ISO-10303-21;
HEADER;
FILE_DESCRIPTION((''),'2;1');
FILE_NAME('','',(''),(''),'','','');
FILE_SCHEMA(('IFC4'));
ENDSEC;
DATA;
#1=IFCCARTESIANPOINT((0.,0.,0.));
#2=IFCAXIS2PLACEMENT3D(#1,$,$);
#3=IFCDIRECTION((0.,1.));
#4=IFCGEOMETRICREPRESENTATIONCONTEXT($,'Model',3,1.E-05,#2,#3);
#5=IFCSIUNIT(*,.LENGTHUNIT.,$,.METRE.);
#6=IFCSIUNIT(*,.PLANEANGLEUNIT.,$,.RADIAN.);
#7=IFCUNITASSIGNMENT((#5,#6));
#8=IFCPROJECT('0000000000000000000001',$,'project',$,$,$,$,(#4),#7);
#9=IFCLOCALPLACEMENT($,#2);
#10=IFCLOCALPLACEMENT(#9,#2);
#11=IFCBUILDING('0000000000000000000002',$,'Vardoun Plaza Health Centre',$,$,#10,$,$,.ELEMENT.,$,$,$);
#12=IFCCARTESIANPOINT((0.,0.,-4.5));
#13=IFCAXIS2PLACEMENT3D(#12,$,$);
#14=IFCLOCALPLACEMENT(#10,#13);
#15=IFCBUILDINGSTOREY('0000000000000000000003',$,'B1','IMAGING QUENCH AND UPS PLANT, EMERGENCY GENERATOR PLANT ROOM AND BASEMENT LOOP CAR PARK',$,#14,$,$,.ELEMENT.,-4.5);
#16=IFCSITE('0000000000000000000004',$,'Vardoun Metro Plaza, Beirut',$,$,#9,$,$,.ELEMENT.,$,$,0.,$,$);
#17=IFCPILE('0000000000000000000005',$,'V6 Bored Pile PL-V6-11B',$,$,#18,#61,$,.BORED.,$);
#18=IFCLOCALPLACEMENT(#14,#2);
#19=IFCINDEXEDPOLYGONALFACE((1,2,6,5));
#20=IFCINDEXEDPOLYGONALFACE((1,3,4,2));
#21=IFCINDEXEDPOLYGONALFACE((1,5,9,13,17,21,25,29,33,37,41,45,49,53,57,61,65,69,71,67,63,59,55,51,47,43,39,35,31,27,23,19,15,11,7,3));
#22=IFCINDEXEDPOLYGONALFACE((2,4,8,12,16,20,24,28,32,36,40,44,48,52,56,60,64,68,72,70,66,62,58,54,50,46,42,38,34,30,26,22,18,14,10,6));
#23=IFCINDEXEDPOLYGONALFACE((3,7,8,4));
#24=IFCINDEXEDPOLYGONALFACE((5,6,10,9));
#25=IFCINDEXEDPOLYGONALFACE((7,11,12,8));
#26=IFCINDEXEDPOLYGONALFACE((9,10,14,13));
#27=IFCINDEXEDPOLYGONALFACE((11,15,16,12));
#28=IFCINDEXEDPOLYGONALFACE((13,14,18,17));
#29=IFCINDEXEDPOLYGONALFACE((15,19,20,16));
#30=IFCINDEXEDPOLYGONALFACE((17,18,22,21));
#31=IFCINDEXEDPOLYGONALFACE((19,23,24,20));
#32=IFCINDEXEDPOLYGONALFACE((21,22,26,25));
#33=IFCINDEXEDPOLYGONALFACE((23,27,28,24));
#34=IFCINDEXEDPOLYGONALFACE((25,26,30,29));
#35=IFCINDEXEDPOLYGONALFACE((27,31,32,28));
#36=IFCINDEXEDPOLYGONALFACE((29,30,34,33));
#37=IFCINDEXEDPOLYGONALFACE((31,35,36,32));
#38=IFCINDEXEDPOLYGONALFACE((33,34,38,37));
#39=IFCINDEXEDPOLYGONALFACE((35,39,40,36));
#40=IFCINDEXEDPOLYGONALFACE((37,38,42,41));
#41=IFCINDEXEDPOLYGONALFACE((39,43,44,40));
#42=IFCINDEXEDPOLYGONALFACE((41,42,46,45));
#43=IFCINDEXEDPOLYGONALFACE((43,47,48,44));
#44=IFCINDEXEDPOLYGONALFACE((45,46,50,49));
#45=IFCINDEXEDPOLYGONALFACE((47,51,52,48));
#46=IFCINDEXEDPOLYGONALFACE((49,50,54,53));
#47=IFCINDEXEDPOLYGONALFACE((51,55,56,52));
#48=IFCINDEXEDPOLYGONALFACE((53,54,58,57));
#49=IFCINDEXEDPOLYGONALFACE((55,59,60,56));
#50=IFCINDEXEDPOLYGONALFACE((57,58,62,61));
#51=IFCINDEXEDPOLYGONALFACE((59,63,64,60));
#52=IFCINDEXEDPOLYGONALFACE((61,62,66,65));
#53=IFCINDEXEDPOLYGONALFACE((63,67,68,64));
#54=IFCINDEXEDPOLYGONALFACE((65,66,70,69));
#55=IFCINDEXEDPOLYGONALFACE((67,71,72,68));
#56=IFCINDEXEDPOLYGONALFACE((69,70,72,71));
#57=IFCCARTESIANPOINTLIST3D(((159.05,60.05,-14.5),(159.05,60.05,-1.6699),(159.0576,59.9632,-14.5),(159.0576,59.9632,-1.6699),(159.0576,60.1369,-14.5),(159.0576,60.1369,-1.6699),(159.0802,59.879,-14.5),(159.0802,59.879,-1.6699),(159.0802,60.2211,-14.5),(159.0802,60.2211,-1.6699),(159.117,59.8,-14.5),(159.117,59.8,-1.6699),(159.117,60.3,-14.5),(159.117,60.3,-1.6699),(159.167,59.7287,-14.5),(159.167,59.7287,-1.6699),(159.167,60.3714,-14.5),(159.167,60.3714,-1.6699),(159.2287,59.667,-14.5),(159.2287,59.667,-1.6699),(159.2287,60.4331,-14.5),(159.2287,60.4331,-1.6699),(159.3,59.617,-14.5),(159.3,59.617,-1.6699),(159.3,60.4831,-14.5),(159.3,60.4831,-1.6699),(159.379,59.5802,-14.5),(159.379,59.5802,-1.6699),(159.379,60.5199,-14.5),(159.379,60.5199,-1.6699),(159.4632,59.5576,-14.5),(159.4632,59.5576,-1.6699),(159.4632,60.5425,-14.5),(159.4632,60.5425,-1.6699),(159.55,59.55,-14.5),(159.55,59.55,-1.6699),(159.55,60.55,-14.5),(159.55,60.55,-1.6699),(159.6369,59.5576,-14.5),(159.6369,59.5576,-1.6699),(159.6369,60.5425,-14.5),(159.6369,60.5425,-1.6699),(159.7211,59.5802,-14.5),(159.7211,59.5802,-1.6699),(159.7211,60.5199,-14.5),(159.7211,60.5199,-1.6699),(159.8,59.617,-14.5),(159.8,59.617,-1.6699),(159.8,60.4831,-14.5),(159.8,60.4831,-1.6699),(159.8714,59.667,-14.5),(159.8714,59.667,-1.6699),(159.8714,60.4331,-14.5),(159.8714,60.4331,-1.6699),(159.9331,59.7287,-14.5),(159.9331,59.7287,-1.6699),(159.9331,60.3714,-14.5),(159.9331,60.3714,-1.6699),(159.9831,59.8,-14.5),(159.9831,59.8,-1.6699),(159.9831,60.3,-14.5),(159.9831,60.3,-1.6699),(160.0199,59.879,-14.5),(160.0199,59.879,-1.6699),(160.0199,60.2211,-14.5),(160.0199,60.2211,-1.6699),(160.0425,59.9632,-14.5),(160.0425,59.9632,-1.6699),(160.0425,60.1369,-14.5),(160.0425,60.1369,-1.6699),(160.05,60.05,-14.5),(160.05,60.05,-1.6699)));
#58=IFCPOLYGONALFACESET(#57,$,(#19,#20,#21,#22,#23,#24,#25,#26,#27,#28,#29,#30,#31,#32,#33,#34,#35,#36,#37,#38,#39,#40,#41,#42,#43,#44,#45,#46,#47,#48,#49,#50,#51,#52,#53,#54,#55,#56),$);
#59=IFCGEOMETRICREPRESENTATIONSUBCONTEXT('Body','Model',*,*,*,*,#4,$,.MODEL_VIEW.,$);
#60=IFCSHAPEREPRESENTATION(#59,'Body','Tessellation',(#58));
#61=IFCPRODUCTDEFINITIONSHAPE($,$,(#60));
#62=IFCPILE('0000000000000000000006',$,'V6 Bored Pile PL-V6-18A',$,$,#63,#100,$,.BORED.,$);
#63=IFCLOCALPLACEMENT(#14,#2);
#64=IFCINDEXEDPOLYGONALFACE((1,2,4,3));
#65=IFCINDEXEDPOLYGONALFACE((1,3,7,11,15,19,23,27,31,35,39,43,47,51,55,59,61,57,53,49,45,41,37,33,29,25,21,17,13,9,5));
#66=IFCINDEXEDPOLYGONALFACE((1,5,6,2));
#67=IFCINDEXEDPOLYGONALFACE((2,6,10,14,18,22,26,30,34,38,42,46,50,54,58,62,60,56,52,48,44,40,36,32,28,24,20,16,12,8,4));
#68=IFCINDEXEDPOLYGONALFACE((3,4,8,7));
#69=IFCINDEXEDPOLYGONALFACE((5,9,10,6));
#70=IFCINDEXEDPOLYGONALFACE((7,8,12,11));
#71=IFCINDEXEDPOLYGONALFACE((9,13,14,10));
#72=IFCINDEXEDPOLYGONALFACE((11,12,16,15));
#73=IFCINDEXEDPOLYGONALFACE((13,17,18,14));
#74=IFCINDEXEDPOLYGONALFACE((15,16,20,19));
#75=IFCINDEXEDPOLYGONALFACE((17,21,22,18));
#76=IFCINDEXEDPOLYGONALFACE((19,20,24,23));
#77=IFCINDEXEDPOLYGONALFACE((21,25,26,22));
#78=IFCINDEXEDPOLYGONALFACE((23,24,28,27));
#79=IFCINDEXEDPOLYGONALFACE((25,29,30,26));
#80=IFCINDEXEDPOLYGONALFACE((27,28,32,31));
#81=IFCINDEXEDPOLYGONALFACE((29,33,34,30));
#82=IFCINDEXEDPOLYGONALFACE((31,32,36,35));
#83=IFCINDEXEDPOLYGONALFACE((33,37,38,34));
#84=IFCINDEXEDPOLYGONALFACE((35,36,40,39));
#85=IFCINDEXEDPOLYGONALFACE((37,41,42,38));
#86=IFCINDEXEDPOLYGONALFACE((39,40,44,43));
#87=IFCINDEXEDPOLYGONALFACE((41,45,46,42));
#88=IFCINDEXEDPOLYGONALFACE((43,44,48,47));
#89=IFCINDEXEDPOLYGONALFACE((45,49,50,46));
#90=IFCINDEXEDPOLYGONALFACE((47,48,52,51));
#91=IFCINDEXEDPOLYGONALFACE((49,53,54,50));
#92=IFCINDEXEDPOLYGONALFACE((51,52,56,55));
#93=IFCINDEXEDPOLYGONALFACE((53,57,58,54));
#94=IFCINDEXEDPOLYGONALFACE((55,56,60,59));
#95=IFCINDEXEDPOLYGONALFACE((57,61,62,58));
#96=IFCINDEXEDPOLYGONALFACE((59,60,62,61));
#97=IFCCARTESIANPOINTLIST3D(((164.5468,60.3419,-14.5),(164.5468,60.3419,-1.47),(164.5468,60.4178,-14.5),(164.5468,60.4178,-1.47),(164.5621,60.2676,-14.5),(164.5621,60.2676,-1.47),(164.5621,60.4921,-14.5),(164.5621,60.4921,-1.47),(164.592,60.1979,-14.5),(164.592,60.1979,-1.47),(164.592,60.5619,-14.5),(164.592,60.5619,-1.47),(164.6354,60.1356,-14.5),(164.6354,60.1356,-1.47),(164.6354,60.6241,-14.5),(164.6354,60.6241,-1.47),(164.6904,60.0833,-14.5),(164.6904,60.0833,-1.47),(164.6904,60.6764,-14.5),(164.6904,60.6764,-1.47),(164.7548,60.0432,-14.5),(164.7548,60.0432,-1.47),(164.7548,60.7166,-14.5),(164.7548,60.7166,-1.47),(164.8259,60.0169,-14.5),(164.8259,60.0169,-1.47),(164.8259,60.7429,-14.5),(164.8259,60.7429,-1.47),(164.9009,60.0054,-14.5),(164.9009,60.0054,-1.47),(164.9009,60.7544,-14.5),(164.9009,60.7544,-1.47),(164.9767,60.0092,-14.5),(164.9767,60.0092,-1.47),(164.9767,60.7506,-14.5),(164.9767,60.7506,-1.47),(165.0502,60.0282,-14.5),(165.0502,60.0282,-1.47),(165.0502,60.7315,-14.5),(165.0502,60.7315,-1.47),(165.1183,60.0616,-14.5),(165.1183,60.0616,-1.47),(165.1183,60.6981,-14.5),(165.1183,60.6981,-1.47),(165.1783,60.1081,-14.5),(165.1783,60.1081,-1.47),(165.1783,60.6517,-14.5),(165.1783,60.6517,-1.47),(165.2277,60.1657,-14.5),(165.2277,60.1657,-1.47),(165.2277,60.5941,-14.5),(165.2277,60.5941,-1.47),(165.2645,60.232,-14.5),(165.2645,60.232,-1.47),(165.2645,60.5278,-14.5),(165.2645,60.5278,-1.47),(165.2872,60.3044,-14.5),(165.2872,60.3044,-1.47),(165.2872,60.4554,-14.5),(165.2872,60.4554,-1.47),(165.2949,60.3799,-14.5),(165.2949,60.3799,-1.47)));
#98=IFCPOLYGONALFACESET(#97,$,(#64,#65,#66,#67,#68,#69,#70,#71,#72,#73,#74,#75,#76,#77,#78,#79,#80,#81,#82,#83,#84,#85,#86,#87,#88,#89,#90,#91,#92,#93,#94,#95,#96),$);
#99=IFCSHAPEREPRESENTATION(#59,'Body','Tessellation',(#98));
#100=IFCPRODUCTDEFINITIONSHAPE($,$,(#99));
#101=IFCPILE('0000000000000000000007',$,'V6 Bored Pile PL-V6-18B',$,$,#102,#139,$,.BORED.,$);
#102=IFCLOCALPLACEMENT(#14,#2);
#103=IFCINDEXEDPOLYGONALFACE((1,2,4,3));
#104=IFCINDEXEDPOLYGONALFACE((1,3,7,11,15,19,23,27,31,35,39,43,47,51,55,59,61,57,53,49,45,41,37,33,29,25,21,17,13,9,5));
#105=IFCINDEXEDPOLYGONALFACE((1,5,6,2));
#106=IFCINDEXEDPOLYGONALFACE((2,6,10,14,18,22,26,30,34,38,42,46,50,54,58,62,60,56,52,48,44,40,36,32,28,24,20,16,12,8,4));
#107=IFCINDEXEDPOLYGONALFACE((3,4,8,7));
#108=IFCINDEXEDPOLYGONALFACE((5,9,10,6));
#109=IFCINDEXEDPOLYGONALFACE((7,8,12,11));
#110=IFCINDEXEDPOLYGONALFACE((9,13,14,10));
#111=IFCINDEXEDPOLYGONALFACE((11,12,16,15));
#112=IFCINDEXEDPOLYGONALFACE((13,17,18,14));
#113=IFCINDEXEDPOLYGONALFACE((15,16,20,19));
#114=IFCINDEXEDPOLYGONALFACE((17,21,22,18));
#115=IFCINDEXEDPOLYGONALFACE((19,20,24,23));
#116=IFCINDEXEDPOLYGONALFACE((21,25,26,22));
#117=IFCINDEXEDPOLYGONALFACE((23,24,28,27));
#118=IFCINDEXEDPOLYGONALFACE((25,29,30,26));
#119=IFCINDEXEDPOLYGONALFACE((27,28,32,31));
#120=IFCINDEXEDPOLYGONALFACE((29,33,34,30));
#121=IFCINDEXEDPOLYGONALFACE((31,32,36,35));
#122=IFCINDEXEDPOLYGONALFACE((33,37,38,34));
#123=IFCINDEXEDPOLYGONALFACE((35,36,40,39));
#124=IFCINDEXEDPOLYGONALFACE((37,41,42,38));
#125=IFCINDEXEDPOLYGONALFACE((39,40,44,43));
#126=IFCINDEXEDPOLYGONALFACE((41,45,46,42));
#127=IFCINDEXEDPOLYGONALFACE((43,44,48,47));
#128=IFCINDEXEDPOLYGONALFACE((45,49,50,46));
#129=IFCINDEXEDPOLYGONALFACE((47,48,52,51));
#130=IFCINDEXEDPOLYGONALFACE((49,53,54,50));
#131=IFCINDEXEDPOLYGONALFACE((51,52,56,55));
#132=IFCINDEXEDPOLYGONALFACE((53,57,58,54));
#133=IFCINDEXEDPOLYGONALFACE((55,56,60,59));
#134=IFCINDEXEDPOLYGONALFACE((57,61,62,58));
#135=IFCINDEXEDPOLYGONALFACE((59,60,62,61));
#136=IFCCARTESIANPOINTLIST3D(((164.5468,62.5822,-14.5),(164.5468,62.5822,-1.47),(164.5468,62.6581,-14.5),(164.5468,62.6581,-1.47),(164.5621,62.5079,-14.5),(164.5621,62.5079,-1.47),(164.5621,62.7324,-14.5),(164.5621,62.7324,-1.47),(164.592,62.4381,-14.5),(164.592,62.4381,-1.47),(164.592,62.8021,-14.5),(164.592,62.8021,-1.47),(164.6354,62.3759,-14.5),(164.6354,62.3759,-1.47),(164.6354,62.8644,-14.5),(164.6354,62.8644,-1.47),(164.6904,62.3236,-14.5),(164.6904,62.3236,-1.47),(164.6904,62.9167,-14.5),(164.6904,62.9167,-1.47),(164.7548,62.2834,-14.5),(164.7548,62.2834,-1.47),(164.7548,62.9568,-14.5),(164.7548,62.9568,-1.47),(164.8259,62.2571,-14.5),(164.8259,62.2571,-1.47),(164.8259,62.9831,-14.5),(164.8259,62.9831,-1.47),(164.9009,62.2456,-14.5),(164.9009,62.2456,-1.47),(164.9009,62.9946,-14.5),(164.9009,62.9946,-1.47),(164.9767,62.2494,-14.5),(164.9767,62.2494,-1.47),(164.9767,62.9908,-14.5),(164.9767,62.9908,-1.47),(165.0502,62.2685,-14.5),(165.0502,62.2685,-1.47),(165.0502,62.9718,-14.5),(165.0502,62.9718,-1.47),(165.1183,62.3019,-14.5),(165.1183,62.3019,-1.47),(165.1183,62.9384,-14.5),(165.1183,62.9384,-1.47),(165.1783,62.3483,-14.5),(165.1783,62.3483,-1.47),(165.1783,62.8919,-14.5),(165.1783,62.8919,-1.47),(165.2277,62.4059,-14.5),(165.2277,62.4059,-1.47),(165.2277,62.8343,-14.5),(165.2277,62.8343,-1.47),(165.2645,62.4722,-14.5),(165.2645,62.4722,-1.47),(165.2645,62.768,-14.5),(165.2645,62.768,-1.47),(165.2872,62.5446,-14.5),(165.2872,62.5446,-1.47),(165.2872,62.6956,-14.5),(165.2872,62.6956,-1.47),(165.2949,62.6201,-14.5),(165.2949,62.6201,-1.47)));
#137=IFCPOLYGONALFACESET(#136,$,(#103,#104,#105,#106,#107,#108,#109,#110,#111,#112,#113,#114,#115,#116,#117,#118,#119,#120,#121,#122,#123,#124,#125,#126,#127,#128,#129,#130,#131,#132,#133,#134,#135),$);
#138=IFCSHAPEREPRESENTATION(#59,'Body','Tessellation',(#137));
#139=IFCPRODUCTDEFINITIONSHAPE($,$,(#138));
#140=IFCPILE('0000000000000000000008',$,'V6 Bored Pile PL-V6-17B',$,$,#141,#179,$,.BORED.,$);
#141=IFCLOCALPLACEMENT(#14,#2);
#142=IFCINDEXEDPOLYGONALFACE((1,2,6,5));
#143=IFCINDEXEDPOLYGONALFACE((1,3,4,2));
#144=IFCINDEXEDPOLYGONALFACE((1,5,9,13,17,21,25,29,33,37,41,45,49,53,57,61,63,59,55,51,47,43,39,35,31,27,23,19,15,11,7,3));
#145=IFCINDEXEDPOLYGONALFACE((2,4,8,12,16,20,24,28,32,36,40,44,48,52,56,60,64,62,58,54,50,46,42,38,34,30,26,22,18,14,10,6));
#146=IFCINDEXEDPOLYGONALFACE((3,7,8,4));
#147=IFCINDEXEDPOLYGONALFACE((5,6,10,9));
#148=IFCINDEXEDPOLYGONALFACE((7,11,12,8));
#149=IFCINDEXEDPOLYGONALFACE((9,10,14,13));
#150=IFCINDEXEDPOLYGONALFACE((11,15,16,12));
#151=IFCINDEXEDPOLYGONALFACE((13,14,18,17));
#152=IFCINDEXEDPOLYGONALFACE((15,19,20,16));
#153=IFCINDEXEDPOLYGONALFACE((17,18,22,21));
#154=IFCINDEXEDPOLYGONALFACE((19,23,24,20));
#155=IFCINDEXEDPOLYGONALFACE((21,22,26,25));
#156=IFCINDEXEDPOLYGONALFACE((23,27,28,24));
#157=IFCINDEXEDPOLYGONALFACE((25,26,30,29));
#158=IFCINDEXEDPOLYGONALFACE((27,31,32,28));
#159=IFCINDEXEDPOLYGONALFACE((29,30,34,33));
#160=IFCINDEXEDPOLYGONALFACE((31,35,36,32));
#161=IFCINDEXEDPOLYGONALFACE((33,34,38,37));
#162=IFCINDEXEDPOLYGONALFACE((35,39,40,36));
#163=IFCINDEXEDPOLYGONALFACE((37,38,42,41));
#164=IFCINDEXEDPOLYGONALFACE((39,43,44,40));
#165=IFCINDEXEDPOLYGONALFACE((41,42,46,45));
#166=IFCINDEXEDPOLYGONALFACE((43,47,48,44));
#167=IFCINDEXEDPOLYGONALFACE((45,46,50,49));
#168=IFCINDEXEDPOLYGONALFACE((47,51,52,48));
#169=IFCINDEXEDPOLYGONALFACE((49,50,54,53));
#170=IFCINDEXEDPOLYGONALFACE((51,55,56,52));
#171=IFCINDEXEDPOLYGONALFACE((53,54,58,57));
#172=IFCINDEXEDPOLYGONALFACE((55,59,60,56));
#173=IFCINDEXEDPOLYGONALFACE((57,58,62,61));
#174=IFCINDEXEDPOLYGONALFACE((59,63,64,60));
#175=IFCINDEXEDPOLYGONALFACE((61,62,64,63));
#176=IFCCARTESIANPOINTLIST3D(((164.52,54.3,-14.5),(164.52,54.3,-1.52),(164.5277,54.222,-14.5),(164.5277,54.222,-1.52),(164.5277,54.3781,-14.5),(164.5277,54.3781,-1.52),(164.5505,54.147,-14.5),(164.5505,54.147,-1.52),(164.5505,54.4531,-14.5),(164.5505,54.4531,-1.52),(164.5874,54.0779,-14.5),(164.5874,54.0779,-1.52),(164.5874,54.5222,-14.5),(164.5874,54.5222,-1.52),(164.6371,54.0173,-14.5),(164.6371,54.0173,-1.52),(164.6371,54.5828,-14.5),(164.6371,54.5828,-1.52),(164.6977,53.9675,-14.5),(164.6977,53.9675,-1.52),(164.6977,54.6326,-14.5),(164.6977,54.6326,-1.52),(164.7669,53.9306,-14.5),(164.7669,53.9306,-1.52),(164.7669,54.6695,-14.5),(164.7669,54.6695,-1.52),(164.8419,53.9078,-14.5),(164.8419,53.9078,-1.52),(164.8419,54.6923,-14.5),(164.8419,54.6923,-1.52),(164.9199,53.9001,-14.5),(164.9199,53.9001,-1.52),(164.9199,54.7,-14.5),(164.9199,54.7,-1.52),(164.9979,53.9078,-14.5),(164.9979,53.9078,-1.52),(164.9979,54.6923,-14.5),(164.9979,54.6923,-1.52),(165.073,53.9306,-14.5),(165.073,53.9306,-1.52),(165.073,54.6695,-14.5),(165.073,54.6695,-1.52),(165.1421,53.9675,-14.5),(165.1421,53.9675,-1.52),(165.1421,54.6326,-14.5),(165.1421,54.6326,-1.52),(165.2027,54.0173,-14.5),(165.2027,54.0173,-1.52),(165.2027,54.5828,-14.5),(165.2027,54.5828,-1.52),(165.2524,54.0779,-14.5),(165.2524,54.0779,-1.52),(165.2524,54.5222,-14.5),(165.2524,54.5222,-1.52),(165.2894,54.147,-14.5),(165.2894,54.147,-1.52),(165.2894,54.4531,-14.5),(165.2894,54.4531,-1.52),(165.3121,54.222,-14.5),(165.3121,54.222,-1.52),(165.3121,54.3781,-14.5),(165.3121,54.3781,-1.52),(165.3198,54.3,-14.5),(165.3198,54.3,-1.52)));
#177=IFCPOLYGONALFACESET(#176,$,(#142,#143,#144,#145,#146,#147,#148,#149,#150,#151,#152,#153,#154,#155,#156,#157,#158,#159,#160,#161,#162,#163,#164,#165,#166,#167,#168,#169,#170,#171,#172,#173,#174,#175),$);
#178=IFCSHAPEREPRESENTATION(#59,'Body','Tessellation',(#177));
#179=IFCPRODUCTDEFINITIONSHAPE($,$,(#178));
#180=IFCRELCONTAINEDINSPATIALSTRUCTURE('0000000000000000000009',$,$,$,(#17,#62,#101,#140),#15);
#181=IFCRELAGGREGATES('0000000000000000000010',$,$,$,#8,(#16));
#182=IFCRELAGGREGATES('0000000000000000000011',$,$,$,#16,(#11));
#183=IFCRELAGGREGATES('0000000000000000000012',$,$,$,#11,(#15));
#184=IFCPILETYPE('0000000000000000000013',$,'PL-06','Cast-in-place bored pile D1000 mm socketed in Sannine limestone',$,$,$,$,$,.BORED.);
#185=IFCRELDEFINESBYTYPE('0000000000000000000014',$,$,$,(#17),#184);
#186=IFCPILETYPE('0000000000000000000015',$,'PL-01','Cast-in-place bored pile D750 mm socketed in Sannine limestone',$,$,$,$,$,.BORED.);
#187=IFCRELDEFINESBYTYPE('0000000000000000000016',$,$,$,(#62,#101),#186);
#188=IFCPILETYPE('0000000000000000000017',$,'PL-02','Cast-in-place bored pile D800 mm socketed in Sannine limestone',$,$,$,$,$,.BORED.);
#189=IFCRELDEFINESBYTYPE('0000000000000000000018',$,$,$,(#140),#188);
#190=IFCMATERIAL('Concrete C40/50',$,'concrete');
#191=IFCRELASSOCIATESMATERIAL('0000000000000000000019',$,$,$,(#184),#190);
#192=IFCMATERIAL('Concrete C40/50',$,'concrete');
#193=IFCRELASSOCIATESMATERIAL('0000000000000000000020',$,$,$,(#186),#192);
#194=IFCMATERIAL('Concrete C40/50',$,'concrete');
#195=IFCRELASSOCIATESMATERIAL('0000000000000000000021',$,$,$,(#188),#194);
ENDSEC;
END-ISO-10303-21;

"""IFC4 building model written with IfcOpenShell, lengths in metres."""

from ifc_helpers import new_model, si_unit, direction, frame, origin, origin_2d, place, context, subcontext, project, spatial, circle, extrude, material, material_profile, profile_set, type_object, element, save


model = new_model("IFC4")

# Units and contexts
model_context = context("Model", 3, precision=1e-05, world=origin(), true_north=direction((0.0, 1.0)))
body_context = subcontext(model_context, "Body", "Model", "MODEL_VIEW")
ifc_project = project(units=[si_unit("LENGTHUNIT", "METRE"), si_unit("PLANEANGLEUNIT", "RADIAN")], contexts=[model_context])

# Site, building, storey
site_placement = place(None, origin())
site = spatial("IfcSite", under=ifc_project, at=site_placement, Name="Vardoun Metro Plaza, Beirut", CompositionType="ELEMENT", RefElevation=0.0)
building_placement = place(site_placement, origin())
building = spatial("IfcBuilding", under=site, at=building_placement, Name="Vardoun Plaza Health Centre", CompositionType="ELEMENT")
storey_placement = place(building_placement, frame((0.0, 0.0, -4.5)))
storey = spatial("IfcBuildingStorey", under=building, at=storey_placement, Name="B1", Description="IMAGING QUENCH AND UPS PLANT, EMERGENCY GENERATOR PLANT ROOM AND BASEMENT LOOP CAR PARK", CompositionType="ELEMENT", Elevation=-4.5)

# Piles
ifc_material_1 = material(Name="Concrete C40/50", Category="concrete")
ifc_material_profile_1 = material_profile(ifc_material_1, circle(Radius=0.5, at=origin_2d()), Name="PILE D1000")
ifc_profile_set_1 = profile_set([ifc_material_profile_1], Name="Concrete C40/50")
pile_type_1 = type_object("IfcPileType", Name="PL-06", Description="Cast-in-place bored pile D1000 mm socketed in Sannine limestone", PredefinedType="BORED", material=ifc_profile_set_1)
for number, where, z_axis, x_axis, name in (
    (1, (159.55, 60.05, -1.6699), (0.0, 0.0, -1.0), (1.0, 0.0, 0.0), "V6 Bored Pile PL-V6-11B"),
):
    element("IfcPile", number, at=place(storey_placement, frame(where, z_axis=z_axis, x_axis=x_axis)), inside=storey, type_object=pile_type_1, Name=name, PredefinedType="BORED", context=body_context, shape_type="SweptSolid", body=[
        extrude(circle(Radius=0.5, at=origin_2d()), origin(), (0.0, 0.0, 1.0), 12.8301),
    ])
ifc_material_2 = material(Name="Concrete C40/50", Category="concrete")
ifc_material_profile_2 = material_profile(ifc_material_2, circle(Radius=0.375, at=origin_2d()), Name="PILE D750")
ifc_profile_set_2 = profile_set([ifc_material_profile_2], Name="Concrete C40/50")
pile_type_2 = type_object("IfcPileType", Name="PL-01", Description="Cast-in-place bored pile D750 mm socketed in Sannine limestone", PredefinedType="BORED", material=ifc_profile_set_2)
for number, where, z_axis, x_axis, name in (
    (2, (164.9199, 60.3799, -1.47), (0.0, 0.0, -1.0), (1.0, 0.0, 0.0), "V6 Bored Pile PL-V6-18A"),
    (3, (164.9199, 62.6201, -1.47), (0.0, 0.0, -1.0), (1.0, 0.0, 0.0), "V6 Bored Pile PL-V6-18B"),
):
    element("IfcPile", number, at=place(storey_placement, frame(where, z_axis=z_axis, x_axis=x_axis)), inside=storey, type_object=pile_type_2, Name=name, PredefinedType="BORED", context=body_context, shape_type="SweptSolid", body=[
        extrude(circle(Radius=0.375, at=origin_2d()), origin(), (0.0, 0.0, 1.0), 13.03),
    ])
ifc_material_3 = material(Name="Concrete C40/50", Category="concrete")
ifc_material_profile_3 = material_profile(ifc_material_3, circle(Radius=0.3999, at=origin_2d()), Name="PILE D800")
ifc_profile_set_3 = profile_set([ifc_material_profile_3], Name="Concrete C40/50")
pile_type_3 = type_object("IfcPileType", Name="PL-02", Description="Cast-in-place bored pile D800 mm socketed in Sannine limestone", PredefinedType="BORED", material=ifc_profile_set_3)
pile_placement = place(storey_placement, frame((164.9199, 54.3, -1.52), z_axis=(0.0, 0.0, -1.0), x_axis=(1.0, 0.0, 0.0)))
element("IfcPile", 4, at=pile_placement, inside=storey, type_object=pile_type_3, Name="V6 Bored Pile PL-V6-17B", PredefinedType="BORED", context=body_context, shape_type="SweptSolid", body=[
    extrude(circle(Radius=0.3999, at=origin_2d()), origin(), (0.0, 0.0, 1.0), 12.98),
])

save(model, "model.ifc")
